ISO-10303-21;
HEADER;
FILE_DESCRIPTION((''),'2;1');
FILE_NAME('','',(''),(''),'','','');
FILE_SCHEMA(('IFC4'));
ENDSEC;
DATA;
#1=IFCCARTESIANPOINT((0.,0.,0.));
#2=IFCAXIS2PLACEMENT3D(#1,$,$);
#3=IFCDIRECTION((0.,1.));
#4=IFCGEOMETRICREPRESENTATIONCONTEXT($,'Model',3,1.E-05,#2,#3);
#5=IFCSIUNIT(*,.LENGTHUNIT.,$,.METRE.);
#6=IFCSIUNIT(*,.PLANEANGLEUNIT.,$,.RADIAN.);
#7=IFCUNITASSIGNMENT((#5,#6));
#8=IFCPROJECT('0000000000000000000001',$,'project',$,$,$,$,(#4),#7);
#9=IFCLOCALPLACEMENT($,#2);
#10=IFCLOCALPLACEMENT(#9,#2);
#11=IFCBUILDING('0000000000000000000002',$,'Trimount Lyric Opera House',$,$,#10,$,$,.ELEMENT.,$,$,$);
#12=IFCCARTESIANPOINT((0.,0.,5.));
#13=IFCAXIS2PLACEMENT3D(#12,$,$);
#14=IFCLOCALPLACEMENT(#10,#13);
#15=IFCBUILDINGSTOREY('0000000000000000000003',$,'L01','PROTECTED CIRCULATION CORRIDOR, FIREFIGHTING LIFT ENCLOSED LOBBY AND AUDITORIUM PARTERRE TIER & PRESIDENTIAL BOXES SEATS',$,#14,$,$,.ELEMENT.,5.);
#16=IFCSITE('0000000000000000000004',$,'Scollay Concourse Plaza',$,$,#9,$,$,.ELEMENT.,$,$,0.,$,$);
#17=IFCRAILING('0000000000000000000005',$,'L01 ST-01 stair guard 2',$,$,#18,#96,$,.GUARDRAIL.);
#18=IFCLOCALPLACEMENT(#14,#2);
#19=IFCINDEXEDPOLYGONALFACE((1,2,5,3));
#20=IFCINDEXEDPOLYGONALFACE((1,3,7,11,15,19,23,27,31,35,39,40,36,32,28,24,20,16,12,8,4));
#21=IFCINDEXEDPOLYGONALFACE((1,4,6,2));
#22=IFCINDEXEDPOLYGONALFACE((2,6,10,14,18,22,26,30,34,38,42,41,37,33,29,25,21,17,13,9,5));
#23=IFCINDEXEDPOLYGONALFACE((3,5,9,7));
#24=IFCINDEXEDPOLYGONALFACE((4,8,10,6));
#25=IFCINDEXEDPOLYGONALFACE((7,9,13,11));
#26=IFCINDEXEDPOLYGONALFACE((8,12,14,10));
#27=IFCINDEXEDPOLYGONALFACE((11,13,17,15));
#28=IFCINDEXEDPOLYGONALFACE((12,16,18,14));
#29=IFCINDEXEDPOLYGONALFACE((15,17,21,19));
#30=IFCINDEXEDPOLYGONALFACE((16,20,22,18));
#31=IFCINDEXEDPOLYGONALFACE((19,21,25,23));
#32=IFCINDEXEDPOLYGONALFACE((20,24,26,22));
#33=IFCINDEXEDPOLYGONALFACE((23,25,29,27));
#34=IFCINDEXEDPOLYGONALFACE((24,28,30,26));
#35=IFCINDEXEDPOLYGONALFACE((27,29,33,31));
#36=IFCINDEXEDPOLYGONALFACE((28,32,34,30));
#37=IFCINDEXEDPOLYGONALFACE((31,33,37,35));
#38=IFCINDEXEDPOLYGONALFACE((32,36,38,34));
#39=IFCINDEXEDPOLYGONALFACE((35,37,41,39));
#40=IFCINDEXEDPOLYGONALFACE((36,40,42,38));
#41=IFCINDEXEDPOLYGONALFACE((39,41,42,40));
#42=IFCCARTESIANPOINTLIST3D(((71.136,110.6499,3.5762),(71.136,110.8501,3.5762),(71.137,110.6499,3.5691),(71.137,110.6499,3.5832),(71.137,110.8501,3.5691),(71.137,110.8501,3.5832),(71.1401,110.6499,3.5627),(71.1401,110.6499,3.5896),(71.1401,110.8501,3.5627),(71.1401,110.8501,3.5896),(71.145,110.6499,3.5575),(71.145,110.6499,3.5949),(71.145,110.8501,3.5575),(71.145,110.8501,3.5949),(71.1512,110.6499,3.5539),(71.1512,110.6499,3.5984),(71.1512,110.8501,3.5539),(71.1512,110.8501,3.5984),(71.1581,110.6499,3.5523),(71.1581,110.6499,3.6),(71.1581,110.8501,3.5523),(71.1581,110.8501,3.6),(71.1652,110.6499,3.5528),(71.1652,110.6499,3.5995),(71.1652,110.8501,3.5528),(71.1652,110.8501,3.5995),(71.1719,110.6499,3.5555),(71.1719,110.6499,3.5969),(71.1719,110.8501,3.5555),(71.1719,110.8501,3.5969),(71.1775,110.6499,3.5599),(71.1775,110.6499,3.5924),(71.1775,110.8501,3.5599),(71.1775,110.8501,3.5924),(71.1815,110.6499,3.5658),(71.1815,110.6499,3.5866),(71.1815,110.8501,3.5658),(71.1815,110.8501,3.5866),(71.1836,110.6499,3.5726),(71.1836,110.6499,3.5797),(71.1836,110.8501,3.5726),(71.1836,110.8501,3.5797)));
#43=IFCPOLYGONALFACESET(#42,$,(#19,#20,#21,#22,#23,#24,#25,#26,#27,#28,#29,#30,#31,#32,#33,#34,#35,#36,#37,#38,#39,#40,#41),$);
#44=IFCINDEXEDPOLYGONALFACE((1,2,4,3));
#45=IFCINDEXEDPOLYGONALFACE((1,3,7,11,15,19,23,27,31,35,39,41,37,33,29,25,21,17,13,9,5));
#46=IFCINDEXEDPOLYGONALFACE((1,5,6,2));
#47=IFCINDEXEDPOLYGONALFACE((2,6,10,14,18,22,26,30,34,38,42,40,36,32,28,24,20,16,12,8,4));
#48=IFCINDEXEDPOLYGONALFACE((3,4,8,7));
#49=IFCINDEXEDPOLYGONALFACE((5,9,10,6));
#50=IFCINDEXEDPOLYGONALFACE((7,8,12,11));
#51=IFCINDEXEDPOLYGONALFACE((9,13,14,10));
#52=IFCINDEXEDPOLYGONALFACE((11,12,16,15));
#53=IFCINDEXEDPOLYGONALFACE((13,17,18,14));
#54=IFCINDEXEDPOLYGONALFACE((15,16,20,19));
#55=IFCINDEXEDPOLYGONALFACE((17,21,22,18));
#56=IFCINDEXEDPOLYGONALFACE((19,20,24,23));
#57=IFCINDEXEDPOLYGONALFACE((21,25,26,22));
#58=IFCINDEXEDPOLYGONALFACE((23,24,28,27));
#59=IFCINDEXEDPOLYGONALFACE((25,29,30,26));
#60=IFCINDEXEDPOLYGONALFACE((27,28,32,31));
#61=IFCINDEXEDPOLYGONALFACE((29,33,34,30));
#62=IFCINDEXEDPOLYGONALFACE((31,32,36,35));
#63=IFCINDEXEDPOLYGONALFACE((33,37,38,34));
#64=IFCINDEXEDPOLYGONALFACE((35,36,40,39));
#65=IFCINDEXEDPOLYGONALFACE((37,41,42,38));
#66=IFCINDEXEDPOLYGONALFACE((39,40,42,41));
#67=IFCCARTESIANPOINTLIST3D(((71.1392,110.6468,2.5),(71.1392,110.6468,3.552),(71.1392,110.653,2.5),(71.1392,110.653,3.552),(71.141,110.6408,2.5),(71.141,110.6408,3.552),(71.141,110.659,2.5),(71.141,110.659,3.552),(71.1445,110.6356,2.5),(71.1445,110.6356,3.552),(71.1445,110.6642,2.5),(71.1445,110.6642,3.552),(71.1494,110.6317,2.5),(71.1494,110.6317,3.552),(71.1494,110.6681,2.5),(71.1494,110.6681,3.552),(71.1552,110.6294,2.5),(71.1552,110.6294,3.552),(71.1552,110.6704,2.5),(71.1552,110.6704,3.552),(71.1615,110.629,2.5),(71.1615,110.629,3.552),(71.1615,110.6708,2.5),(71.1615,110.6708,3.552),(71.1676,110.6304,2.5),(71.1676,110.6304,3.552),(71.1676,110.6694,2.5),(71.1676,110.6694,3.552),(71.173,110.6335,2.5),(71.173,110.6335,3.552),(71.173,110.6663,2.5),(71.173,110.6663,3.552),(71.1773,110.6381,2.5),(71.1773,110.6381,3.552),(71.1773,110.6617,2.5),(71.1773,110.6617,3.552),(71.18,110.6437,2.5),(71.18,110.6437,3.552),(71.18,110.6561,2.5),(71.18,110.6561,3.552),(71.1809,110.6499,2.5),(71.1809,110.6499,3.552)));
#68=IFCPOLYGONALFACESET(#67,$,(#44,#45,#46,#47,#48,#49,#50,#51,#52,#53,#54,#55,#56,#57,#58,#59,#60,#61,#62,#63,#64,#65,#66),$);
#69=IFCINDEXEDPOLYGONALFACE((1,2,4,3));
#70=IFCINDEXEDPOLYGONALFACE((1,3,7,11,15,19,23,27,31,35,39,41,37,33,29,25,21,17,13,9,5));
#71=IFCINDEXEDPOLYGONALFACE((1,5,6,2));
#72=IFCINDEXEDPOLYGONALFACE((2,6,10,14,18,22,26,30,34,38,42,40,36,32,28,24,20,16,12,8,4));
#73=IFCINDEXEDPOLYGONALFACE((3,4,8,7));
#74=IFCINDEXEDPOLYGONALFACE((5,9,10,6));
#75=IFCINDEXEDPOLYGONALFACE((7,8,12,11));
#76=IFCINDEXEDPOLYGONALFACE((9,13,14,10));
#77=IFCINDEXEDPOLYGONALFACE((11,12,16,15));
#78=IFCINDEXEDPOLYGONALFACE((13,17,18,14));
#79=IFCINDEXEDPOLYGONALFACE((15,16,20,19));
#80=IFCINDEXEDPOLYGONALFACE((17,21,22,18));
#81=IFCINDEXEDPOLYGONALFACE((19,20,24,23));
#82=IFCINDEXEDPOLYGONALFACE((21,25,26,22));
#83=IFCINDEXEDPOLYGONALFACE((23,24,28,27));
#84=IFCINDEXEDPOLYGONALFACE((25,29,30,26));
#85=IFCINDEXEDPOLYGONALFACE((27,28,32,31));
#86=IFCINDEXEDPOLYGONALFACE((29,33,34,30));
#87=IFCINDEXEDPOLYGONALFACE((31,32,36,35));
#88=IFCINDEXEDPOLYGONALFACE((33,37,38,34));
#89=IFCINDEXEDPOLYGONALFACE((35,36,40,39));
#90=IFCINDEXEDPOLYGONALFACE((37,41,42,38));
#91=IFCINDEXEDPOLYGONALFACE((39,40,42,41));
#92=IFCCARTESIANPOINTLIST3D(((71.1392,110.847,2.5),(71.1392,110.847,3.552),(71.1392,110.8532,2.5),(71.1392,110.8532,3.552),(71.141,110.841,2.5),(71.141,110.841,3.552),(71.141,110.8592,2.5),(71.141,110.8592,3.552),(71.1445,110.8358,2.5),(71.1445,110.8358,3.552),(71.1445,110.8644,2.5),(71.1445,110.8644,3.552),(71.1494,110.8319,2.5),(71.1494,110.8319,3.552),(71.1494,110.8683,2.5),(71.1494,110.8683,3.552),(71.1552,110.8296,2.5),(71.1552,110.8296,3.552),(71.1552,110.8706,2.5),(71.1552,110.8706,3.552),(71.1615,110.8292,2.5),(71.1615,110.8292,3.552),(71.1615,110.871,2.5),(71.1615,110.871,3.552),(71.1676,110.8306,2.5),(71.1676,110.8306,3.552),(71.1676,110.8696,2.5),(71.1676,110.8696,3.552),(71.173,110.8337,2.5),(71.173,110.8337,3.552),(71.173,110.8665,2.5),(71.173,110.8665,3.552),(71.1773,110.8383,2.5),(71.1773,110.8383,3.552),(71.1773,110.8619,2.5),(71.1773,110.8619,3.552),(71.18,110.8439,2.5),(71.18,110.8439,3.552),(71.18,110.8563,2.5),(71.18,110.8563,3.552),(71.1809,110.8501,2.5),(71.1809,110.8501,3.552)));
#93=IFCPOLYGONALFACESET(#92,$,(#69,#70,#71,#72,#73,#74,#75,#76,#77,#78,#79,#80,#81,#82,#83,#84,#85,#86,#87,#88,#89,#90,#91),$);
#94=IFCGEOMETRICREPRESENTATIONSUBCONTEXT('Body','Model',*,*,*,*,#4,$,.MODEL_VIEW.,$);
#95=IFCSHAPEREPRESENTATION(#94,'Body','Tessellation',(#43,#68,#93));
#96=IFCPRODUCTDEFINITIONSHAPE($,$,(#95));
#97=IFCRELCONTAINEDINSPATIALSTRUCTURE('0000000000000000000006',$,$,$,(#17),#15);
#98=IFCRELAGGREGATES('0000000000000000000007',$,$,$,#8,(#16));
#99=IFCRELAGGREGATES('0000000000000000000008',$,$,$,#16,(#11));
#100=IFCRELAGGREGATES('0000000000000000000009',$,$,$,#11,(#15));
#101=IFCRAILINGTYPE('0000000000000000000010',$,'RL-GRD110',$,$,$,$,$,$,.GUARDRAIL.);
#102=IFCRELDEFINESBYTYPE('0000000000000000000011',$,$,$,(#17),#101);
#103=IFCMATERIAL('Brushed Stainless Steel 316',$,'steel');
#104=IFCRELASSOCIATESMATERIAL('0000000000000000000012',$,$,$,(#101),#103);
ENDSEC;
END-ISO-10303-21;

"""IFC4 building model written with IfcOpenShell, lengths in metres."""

from ifc_helpers import new_model, si_unit, direction, frame, origin, origin_2d, place, context, subcontext, project, spatial, circle, extrude, material, type_object, element, save


model = new_model("IFC4")

# Units and contexts
model_context = context("Model", 3, precision=1e-05, world=origin(), true_north=direction((0.0, 1.0)))
body_context = subcontext(model_context, "Body", "Model", "MODEL_VIEW")
ifc_project = project(units=[si_unit("LENGTHUNIT", "METRE"), si_unit("PLANEANGLEUNIT", "RADIAN")], contexts=[model_context])

# Site, building, storey
site_placement = place(None, origin())
site = spatial("IfcSite", under=ifc_project, at=site_placement, Name="Scollay Concourse Plaza", CompositionType="ELEMENT", RefElevation=0.0)
building_placement = place(site_placement, origin())
building = spatial("IfcBuilding", under=site, at=building_placement, Name="Trimount Lyric Opera House", CompositionType="ELEMENT")
storey_placement = place(building_placement, frame((0.0, 0.0, 5.0)))
storey = spatial("IfcBuildingStorey", under=building, at=storey_placement, Name="L01", Description="PROTECTED CIRCULATION CORRIDOR, FIREFIGHTING LIFT ENCLOSED LOBBY AND AUDITORIUM PARTERRE TIER & PRESIDENTIAL BOXES SEATS", CompositionType="ELEMENT", Elevation=5.0)

# Railing
ifc_material_1 = material(Name="Brushed Stainless Steel 316", Category="steel")
railing_type_1 = type_object("IfcRailingType", Name="RL-GRD110", PredefinedType="GUARDRAIL", material=ifc_material_1)
railing_1_placement = place(storey_placement, frame((71.1599, 110.6499, 2.5)))
element("IfcRailing", 1, at=railing_1_placement, inside=storey, type_object=railing_type_1, Name="L01 ST-01 stair guard 2", PredefinedType="GUARDRAIL", context=body_context, shape_type="SweptSolid", body=[
    extrude(circle(Radius=0.0239, at=origin_2d()), frame((0.0, 0.0, 1.0762), z_axis=(0.0, 1.0, 0.0), x_axis=(-1.0, 0.0, 0.0)), (0.0, 0.0, 1.0), 0.2002),
    extrude(circle(Radius=0.021, at=origin_2d()), origin(), (0.0, 0.0, 1.0), 1.052),
    extrude(circle(Radius=0.021, at=origin_2d()), frame((0.0, 0.2002, 0.0)), (0.0, 0.0, 1.0), 1.052),
])

save(model, "model.ifc")
